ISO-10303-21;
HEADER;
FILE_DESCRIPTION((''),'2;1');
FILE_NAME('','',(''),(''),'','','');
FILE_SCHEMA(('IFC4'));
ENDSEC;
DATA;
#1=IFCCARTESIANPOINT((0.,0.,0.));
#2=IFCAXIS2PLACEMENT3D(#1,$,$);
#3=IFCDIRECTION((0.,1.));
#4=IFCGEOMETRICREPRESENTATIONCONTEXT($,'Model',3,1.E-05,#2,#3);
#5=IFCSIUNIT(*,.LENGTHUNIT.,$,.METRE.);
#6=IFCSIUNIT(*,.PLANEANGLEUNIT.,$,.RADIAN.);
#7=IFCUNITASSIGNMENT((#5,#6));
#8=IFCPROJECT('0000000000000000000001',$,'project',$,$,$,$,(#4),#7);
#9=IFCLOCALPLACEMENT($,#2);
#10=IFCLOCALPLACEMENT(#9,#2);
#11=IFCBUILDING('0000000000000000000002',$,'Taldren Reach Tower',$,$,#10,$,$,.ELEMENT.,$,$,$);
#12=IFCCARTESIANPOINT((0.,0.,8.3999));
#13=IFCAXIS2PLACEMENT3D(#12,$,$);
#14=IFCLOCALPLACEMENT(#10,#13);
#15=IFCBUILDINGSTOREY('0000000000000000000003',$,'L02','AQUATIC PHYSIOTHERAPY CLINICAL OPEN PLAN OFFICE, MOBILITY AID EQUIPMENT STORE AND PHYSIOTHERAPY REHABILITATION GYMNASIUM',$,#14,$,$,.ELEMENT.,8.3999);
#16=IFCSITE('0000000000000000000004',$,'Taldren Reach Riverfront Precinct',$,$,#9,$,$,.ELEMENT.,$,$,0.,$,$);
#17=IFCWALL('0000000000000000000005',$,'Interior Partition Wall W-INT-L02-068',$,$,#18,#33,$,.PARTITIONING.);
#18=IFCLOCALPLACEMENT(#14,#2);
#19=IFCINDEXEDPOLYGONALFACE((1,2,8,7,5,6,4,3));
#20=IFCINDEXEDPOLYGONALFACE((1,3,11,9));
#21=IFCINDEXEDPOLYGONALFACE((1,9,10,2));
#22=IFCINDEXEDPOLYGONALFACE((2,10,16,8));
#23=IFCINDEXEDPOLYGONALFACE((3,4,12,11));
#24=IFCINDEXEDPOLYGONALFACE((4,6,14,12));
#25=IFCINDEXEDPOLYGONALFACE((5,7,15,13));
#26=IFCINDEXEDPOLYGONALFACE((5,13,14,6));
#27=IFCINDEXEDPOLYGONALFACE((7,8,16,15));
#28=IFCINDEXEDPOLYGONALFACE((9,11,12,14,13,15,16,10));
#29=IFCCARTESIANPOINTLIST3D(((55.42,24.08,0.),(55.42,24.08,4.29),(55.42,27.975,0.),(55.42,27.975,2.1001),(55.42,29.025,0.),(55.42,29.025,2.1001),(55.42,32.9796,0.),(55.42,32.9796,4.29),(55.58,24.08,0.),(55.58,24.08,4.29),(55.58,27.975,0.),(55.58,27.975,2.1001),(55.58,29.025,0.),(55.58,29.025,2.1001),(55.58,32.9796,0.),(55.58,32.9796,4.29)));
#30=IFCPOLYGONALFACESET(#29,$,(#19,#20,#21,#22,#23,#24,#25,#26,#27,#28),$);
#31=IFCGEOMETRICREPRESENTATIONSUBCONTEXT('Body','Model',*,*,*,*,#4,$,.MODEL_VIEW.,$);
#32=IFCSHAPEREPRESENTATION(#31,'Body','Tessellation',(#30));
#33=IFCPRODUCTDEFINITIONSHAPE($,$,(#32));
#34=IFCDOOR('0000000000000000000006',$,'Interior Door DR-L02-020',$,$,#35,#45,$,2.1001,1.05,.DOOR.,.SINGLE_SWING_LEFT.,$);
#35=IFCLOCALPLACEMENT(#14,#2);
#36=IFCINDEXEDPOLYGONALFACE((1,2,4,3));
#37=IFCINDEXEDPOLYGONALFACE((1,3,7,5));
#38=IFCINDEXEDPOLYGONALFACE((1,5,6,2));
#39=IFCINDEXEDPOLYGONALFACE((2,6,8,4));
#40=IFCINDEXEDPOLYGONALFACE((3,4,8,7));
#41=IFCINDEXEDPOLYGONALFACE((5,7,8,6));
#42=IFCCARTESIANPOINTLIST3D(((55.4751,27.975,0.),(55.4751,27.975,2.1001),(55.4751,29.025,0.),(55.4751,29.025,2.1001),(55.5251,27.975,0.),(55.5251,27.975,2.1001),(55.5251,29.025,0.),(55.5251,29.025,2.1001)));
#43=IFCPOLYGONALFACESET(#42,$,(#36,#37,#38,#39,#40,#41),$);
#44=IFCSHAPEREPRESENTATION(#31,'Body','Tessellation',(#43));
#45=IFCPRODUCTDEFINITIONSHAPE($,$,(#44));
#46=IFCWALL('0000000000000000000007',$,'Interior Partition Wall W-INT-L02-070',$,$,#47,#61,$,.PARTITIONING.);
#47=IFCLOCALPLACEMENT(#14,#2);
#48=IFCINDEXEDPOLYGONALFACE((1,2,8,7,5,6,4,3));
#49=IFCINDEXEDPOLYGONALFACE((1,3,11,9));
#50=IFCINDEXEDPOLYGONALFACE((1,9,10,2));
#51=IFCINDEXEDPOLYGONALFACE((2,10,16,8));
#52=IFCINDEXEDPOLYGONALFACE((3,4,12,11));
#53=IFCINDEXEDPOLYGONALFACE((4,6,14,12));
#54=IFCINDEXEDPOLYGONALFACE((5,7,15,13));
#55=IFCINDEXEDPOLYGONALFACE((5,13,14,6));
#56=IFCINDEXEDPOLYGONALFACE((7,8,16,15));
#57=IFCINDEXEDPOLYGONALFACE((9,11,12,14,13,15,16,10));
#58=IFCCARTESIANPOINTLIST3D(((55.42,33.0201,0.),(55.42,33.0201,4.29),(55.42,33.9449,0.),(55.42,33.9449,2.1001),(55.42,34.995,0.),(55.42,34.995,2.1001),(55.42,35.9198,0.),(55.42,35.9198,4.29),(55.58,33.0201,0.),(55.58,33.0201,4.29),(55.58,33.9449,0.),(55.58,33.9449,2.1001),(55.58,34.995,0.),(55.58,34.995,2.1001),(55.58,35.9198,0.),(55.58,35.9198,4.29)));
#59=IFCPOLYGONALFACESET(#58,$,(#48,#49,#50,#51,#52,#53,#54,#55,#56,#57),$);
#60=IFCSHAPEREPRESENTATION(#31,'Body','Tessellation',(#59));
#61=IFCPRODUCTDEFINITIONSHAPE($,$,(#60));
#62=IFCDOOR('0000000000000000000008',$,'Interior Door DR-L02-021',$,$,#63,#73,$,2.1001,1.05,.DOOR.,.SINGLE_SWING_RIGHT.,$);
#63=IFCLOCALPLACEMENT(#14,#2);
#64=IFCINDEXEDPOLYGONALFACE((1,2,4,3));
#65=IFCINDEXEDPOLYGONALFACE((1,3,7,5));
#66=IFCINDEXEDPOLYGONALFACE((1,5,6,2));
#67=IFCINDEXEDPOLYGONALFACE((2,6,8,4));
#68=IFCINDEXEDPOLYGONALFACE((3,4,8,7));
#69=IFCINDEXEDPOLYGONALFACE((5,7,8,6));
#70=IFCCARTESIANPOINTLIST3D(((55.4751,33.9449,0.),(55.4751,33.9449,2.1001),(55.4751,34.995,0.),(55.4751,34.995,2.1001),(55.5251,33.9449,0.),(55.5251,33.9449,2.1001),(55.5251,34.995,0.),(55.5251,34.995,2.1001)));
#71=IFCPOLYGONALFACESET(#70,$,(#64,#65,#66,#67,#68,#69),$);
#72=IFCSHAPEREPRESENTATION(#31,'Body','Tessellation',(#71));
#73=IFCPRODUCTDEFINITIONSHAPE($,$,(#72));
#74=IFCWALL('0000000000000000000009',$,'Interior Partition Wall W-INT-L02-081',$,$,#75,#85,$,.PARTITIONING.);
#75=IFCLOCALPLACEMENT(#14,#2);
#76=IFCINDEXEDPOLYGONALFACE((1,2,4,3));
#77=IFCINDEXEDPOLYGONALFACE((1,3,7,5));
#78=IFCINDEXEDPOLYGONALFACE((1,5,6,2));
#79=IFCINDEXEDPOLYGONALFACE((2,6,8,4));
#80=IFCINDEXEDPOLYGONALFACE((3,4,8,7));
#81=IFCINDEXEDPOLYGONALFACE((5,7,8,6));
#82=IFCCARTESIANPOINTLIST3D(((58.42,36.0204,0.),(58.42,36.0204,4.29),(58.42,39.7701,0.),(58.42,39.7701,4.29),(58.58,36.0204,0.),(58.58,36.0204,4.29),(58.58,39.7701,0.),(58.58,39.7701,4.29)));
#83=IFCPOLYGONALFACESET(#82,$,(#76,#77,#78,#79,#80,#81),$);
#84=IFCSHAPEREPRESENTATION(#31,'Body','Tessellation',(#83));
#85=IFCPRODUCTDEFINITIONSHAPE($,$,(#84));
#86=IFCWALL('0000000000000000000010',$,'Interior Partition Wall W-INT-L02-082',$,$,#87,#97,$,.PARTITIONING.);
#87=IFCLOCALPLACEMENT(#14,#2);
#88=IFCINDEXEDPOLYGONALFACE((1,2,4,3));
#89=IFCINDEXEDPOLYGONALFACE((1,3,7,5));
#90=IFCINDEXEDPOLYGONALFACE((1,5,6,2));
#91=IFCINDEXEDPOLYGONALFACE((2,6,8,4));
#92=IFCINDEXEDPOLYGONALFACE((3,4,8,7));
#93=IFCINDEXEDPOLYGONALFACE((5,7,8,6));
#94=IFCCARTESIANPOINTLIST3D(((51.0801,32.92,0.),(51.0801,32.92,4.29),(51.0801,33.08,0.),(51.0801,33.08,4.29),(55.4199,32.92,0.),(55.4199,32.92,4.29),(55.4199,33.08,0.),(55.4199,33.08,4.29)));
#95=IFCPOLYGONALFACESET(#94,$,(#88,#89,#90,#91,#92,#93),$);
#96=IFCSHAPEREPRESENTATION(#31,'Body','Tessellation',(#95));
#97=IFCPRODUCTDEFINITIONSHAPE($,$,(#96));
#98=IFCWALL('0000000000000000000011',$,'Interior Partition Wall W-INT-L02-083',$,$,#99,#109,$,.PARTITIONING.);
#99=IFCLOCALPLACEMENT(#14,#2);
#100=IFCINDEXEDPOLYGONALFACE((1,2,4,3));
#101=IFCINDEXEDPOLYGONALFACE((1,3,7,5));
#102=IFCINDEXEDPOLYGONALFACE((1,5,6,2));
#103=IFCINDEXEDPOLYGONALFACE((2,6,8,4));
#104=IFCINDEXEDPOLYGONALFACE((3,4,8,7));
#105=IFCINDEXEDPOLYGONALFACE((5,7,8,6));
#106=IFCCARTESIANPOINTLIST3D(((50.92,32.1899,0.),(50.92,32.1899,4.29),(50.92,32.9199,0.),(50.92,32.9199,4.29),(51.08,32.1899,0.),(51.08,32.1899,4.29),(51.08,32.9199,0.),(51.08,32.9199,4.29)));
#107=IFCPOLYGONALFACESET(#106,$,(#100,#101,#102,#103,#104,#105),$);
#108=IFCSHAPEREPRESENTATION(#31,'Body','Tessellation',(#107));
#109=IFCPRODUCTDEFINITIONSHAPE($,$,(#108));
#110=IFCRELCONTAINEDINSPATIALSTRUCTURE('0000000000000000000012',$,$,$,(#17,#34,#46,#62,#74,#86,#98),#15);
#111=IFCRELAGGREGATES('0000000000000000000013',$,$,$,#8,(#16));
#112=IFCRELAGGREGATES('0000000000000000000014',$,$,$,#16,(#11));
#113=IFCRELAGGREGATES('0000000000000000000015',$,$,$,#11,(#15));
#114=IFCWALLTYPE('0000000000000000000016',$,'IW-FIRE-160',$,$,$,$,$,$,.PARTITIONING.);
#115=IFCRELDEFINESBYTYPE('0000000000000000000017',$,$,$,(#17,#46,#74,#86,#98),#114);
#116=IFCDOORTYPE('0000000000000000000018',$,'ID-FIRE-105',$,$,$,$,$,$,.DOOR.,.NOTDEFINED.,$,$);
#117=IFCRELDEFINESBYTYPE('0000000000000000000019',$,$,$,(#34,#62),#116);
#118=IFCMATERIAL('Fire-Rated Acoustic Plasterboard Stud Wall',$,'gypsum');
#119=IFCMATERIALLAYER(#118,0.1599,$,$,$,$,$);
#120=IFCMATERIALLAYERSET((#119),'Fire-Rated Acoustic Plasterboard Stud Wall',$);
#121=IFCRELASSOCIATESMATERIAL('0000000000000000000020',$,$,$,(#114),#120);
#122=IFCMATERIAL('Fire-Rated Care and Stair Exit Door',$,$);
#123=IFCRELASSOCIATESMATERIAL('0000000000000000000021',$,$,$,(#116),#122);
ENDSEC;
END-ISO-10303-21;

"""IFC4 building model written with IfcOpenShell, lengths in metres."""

from ifc_helpers import new_model, si_unit, direction, frame, frame_2d, origin, place, context, subcontext, project, spatial, rectangle, extrude, source, transform, mapped, material, layer, layer_set, type_object, element, fill, save


model = new_model("IFC4")

# Units and contexts
model_context = context("Model", 3, precision=1e-05, world=origin(), true_north=direction((0.0, 1.0)))
body_context = subcontext(model_context, "Body", "Model", "MODEL_VIEW")
ifc_project = project(units=[si_unit("LENGTHUNIT", "METRE"), si_unit("PLANEANGLEUNIT", "RADIAN")], contexts=[model_context])

# Site, building, storey
site_placement = place(None, origin())
site = spatial("IfcSite", under=ifc_project, at=site_placement, Name="Taldren Reach Riverfront Precinct", CompositionType="ELEMENT", RefElevation=0.0)
building_placement = place(site_placement, origin())
building = spatial("IfcBuilding", under=site, at=building_placement, Name="Taldren Reach Tower", CompositionType="ELEMENT")
storey_placement = place(building_placement, frame((0.0, 0.0, 8.3999)))
storey = spatial("IfcBuildingStorey", under=building, at=storey_placement, Name="L02", Description="AQUATIC PHYSIOTHERAPY CLINICAL OPEN PLAN OFFICE, MOBILITY AID EQUIPMENT STORE AND PHYSIOTHERAPY REHABILITATION GYMNASIUM", CompositionType="ELEMENT", Elevation=8.3999)

# Shared definitions
ifc_material_1 = material(Name="Fire-Rated Acoustic Plasterboard Stud Wall", Category="gypsum")
ifc_layer = layer(ifc_material_1, 0.1599)
ifc_layer_set = layer_set([ifc_layer], Name="Fire-Rated Acoustic Plasterboard Stud Wall")
wall_type = type_object("IfcWallType", Name="IW-FIRE-160", PredefinedType="PARTITIONING", material=ifc_layer_set)

# Shared definitions
shared_shape_1 = source(origin(), body_context, "Body", "SweptSolid", [
    extrude(rectangle(XDim=1.05, YDim=2.1001, at=frame_2d((0.5249, 1.05))), frame((0.0, 0.0898, 0.0), z_axis=(0.0, -1.0, 0.0), x_axis=(1.0, 0.0, 0.0)), (0.0, 0.0, 1.0), 0.1799),
])
ifc_material_2 = material(Name="Fire-Rated Care and Stair Exit Door")
door_type_1 = type_object("IfcDoorType", Name="ID-FIRE-105", OperationType="NOTDEFINED", PredefinedType="DOOR", material=ifc_material_2)
shared_shape_2 = source(origin(), body_context, "Body", "SweptSolid", [
    extrude(rectangle(XDim=1.05, YDim=2.1001, at=frame_2d((0.5249, 1.05))), frame((0.0, 0.0249, 0.0), z_axis=(0.0, -1.0, 0.0), x_axis=(1.0, 0.0, 0.0)), (0.0, 0.0, 1.0), 0.05),
])

# Walls, openings, doors
shared_shape_3 = source(origin(), body_context, "Body", "SweptSolid", [
    extrude(rectangle(XDim=8.8997, YDim=0.1599, at=frame_2d((4.4497, 0.0))), origin(), (0.0, 0.0, 1.0), 4.29),
])
wall_1_placement = place(storey_placement, frame((55.5, 24.0801, 0.0), z_axis=(0.0, 0.0, 1.0), x_axis=(0.0, 1.0, 0.0)))
wall_1 = element("IfcWall", 1, at=wall_1_placement, inside=storey, type_object=wall_type, Name="Interior Partition Wall W-INT-L02-068", PredefinedType="PARTITIONING", context=body_context, shape_type="MappedRepresentation", body=[
    mapped(shared_shape_3, transform((0.0, 0.0, 0.0), scale=1.0)),
])
opening_1_placement = place(wall_1_placement, frame((3.895, 0.0, 0.0)))
opening_1 = element("IfcOpeningElement", 2, at=opening_1_placement, cuts=wall_1, PredefinedType="OPENING", context=body_context, shape_type="MappedRepresentation", body=[
    mapped(shared_shape_1, transform((0.0, 0.0, 0.0), scale=1.0)),
])
door_1_placement = place(opening_1_placement, origin())
door_1 = element("IfcDoor", 3, at=door_1_placement, inside=storey, type_object=door_type_1, Name="Interior Door DR-L02-020", OperationType="SINGLE_SWING_LEFT", OverallHeight=2.1001, OverallWidth=1.05, PredefinedType="DOOR", context=body_context, shape_type="MappedRepresentation", body=[
    mapped(shared_shape_2, transform((0.0, 0.0, 0.0), scale=1.0)),
])
fill(opening_1, door_1)
shared_shape_4 = source(origin(), body_context, "Body", "SweptSolid", [
    extrude(rectangle(XDim=2.8997, YDim=0.1599, at=frame_2d((1.4497, 0.0))), origin(), (0.0, 0.0, 1.0), 4.29),
])
wall_2_placement = place(storey_placement, frame((55.5, 33.0203, 0.0), z_axis=(0.0, 0.0, 1.0), x_axis=(0.0, 1.0, 0.0)))
wall_2 = element("IfcWall", 4, at=wall_2_placement, inside=storey, type_object=wall_type, Name="Interior Partition Wall W-INT-L02-070", PredefinedType="PARTITIONING", context=body_context, shape_type="MappedRepresentation", body=[
    mapped(shared_shape_4, transform((0.0, 0.0, 0.0), scale=1.0)),
])
opening_2_placement = place(wall_2_placement, frame((0.9248, 0.0, 0.0)))
opening_2 = element("IfcOpeningElement", 5, at=opening_2_placement, cuts=wall_2, PredefinedType="OPENING", context=body_context, shape_type="MappedRepresentation", body=[
    mapped(shared_shape_1, transform((0.0, 0.0, 0.0), scale=1.0)),
])
door_2_placement = place(opening_2_placement, origin())
door_2 = element("IfcDoor", 6, at=door_2_placement, inside=storey, type_object=door_type_1, Name="Interior Door DR-L02-021", OperationType="SINGLE_SWING_RIGHT", OverallHeight=2.1001, OverallWidth=1.05, PredefinedType="DOOR", context=body_context, shape_type="MappedRepresentation", body=[
    mapped(shared_shape_2, transform((0.0, 0.0, 0.0), scale=1.0)),
])
fill(opening_2, door_2)

# Walls
shared_shape_5 = source(origin(), body_context, "Body", "SweptSolid", [
    extrude(rectangle(XDim=3.7498, YDim=0.1599, at=frame_2d((1.875, 0.0))), origin(), (0.0, 0.0, 1.0), 4.29),
])
wall_3_placement = place(storey_placement, frame((58.5, 36.0203, 0.0), z_axis=(0.0, 0.0, 1.0), x_axis=(0.0, 1.0, 0.0)))
element("IfcWall", 7, at=wall_3_placement, inside=storey, type_object=wall_type, Name="Interior Partition Wall W-INT-L02-081", PredefinedType="PARTITIONING", context=body_context, shape_type="MappedRepresentation", body=[
    mapped(shared_shape_5, transform((0.0, 0.0, 0.0), scale=1.0)),
])
shared_shape_6 = source(origin(), body_context, "Body", "SweptSolid", [
    extrude(rectangle(XDim=4.3398, YDim=0.1599, at=frame_2d((2.1699, 0.0))), origin(), (0.0, 0.0, 1.0), 4.29),
])
wall_4_placement = place(storey_placement, frame((51.0801, 33.0, 0.0), z_axis=(0.0, 0.0, 1.0), x_axis=(1.0, 0.0, 0.0)))
element("IfcWall", 8, at=wall_4_placement, inside=storey, type_object=wall_type, Name="Interior Partition Wall W-INT-L02-082", PredefinedType="PARTITIONING", context=body_context, shape_type="MappedRepresentation", body=[
    mapped(shared_shape_6, transform((0.0, 0.0, 0.0), scale=1.0)),
])
shared_shape_7 = source(origin(), body_context, "Body", "SweptSolid", [
    extrude(rectangle(XDim=0.73, YDim=0.1599, at=frame_2d((0.365, 0.0))), origin(), (0.0, 0.0, 1.0), 4.29),
])
wall_5_placement = place(storey_placement, frame((51.0, 32.1899, 0.0), z_axis=(0.0, 0.0, 1.0), x_axis=(0.0, 1.0, 0.0)))
element("IfcWall", 9, at=wall_5_placement, inside=storey, type_object=wall_type, Name="Interior Partition Wall W-INT-L02-083", PredefinedType="PARTITIONING", context=body_context, shape_type="MappedRepresentation", body=[
    mapped(shared_shape_7, transform((0.0, 0.0, 0.0), scale=1.0)),
])

save(model, "model.ifc")
